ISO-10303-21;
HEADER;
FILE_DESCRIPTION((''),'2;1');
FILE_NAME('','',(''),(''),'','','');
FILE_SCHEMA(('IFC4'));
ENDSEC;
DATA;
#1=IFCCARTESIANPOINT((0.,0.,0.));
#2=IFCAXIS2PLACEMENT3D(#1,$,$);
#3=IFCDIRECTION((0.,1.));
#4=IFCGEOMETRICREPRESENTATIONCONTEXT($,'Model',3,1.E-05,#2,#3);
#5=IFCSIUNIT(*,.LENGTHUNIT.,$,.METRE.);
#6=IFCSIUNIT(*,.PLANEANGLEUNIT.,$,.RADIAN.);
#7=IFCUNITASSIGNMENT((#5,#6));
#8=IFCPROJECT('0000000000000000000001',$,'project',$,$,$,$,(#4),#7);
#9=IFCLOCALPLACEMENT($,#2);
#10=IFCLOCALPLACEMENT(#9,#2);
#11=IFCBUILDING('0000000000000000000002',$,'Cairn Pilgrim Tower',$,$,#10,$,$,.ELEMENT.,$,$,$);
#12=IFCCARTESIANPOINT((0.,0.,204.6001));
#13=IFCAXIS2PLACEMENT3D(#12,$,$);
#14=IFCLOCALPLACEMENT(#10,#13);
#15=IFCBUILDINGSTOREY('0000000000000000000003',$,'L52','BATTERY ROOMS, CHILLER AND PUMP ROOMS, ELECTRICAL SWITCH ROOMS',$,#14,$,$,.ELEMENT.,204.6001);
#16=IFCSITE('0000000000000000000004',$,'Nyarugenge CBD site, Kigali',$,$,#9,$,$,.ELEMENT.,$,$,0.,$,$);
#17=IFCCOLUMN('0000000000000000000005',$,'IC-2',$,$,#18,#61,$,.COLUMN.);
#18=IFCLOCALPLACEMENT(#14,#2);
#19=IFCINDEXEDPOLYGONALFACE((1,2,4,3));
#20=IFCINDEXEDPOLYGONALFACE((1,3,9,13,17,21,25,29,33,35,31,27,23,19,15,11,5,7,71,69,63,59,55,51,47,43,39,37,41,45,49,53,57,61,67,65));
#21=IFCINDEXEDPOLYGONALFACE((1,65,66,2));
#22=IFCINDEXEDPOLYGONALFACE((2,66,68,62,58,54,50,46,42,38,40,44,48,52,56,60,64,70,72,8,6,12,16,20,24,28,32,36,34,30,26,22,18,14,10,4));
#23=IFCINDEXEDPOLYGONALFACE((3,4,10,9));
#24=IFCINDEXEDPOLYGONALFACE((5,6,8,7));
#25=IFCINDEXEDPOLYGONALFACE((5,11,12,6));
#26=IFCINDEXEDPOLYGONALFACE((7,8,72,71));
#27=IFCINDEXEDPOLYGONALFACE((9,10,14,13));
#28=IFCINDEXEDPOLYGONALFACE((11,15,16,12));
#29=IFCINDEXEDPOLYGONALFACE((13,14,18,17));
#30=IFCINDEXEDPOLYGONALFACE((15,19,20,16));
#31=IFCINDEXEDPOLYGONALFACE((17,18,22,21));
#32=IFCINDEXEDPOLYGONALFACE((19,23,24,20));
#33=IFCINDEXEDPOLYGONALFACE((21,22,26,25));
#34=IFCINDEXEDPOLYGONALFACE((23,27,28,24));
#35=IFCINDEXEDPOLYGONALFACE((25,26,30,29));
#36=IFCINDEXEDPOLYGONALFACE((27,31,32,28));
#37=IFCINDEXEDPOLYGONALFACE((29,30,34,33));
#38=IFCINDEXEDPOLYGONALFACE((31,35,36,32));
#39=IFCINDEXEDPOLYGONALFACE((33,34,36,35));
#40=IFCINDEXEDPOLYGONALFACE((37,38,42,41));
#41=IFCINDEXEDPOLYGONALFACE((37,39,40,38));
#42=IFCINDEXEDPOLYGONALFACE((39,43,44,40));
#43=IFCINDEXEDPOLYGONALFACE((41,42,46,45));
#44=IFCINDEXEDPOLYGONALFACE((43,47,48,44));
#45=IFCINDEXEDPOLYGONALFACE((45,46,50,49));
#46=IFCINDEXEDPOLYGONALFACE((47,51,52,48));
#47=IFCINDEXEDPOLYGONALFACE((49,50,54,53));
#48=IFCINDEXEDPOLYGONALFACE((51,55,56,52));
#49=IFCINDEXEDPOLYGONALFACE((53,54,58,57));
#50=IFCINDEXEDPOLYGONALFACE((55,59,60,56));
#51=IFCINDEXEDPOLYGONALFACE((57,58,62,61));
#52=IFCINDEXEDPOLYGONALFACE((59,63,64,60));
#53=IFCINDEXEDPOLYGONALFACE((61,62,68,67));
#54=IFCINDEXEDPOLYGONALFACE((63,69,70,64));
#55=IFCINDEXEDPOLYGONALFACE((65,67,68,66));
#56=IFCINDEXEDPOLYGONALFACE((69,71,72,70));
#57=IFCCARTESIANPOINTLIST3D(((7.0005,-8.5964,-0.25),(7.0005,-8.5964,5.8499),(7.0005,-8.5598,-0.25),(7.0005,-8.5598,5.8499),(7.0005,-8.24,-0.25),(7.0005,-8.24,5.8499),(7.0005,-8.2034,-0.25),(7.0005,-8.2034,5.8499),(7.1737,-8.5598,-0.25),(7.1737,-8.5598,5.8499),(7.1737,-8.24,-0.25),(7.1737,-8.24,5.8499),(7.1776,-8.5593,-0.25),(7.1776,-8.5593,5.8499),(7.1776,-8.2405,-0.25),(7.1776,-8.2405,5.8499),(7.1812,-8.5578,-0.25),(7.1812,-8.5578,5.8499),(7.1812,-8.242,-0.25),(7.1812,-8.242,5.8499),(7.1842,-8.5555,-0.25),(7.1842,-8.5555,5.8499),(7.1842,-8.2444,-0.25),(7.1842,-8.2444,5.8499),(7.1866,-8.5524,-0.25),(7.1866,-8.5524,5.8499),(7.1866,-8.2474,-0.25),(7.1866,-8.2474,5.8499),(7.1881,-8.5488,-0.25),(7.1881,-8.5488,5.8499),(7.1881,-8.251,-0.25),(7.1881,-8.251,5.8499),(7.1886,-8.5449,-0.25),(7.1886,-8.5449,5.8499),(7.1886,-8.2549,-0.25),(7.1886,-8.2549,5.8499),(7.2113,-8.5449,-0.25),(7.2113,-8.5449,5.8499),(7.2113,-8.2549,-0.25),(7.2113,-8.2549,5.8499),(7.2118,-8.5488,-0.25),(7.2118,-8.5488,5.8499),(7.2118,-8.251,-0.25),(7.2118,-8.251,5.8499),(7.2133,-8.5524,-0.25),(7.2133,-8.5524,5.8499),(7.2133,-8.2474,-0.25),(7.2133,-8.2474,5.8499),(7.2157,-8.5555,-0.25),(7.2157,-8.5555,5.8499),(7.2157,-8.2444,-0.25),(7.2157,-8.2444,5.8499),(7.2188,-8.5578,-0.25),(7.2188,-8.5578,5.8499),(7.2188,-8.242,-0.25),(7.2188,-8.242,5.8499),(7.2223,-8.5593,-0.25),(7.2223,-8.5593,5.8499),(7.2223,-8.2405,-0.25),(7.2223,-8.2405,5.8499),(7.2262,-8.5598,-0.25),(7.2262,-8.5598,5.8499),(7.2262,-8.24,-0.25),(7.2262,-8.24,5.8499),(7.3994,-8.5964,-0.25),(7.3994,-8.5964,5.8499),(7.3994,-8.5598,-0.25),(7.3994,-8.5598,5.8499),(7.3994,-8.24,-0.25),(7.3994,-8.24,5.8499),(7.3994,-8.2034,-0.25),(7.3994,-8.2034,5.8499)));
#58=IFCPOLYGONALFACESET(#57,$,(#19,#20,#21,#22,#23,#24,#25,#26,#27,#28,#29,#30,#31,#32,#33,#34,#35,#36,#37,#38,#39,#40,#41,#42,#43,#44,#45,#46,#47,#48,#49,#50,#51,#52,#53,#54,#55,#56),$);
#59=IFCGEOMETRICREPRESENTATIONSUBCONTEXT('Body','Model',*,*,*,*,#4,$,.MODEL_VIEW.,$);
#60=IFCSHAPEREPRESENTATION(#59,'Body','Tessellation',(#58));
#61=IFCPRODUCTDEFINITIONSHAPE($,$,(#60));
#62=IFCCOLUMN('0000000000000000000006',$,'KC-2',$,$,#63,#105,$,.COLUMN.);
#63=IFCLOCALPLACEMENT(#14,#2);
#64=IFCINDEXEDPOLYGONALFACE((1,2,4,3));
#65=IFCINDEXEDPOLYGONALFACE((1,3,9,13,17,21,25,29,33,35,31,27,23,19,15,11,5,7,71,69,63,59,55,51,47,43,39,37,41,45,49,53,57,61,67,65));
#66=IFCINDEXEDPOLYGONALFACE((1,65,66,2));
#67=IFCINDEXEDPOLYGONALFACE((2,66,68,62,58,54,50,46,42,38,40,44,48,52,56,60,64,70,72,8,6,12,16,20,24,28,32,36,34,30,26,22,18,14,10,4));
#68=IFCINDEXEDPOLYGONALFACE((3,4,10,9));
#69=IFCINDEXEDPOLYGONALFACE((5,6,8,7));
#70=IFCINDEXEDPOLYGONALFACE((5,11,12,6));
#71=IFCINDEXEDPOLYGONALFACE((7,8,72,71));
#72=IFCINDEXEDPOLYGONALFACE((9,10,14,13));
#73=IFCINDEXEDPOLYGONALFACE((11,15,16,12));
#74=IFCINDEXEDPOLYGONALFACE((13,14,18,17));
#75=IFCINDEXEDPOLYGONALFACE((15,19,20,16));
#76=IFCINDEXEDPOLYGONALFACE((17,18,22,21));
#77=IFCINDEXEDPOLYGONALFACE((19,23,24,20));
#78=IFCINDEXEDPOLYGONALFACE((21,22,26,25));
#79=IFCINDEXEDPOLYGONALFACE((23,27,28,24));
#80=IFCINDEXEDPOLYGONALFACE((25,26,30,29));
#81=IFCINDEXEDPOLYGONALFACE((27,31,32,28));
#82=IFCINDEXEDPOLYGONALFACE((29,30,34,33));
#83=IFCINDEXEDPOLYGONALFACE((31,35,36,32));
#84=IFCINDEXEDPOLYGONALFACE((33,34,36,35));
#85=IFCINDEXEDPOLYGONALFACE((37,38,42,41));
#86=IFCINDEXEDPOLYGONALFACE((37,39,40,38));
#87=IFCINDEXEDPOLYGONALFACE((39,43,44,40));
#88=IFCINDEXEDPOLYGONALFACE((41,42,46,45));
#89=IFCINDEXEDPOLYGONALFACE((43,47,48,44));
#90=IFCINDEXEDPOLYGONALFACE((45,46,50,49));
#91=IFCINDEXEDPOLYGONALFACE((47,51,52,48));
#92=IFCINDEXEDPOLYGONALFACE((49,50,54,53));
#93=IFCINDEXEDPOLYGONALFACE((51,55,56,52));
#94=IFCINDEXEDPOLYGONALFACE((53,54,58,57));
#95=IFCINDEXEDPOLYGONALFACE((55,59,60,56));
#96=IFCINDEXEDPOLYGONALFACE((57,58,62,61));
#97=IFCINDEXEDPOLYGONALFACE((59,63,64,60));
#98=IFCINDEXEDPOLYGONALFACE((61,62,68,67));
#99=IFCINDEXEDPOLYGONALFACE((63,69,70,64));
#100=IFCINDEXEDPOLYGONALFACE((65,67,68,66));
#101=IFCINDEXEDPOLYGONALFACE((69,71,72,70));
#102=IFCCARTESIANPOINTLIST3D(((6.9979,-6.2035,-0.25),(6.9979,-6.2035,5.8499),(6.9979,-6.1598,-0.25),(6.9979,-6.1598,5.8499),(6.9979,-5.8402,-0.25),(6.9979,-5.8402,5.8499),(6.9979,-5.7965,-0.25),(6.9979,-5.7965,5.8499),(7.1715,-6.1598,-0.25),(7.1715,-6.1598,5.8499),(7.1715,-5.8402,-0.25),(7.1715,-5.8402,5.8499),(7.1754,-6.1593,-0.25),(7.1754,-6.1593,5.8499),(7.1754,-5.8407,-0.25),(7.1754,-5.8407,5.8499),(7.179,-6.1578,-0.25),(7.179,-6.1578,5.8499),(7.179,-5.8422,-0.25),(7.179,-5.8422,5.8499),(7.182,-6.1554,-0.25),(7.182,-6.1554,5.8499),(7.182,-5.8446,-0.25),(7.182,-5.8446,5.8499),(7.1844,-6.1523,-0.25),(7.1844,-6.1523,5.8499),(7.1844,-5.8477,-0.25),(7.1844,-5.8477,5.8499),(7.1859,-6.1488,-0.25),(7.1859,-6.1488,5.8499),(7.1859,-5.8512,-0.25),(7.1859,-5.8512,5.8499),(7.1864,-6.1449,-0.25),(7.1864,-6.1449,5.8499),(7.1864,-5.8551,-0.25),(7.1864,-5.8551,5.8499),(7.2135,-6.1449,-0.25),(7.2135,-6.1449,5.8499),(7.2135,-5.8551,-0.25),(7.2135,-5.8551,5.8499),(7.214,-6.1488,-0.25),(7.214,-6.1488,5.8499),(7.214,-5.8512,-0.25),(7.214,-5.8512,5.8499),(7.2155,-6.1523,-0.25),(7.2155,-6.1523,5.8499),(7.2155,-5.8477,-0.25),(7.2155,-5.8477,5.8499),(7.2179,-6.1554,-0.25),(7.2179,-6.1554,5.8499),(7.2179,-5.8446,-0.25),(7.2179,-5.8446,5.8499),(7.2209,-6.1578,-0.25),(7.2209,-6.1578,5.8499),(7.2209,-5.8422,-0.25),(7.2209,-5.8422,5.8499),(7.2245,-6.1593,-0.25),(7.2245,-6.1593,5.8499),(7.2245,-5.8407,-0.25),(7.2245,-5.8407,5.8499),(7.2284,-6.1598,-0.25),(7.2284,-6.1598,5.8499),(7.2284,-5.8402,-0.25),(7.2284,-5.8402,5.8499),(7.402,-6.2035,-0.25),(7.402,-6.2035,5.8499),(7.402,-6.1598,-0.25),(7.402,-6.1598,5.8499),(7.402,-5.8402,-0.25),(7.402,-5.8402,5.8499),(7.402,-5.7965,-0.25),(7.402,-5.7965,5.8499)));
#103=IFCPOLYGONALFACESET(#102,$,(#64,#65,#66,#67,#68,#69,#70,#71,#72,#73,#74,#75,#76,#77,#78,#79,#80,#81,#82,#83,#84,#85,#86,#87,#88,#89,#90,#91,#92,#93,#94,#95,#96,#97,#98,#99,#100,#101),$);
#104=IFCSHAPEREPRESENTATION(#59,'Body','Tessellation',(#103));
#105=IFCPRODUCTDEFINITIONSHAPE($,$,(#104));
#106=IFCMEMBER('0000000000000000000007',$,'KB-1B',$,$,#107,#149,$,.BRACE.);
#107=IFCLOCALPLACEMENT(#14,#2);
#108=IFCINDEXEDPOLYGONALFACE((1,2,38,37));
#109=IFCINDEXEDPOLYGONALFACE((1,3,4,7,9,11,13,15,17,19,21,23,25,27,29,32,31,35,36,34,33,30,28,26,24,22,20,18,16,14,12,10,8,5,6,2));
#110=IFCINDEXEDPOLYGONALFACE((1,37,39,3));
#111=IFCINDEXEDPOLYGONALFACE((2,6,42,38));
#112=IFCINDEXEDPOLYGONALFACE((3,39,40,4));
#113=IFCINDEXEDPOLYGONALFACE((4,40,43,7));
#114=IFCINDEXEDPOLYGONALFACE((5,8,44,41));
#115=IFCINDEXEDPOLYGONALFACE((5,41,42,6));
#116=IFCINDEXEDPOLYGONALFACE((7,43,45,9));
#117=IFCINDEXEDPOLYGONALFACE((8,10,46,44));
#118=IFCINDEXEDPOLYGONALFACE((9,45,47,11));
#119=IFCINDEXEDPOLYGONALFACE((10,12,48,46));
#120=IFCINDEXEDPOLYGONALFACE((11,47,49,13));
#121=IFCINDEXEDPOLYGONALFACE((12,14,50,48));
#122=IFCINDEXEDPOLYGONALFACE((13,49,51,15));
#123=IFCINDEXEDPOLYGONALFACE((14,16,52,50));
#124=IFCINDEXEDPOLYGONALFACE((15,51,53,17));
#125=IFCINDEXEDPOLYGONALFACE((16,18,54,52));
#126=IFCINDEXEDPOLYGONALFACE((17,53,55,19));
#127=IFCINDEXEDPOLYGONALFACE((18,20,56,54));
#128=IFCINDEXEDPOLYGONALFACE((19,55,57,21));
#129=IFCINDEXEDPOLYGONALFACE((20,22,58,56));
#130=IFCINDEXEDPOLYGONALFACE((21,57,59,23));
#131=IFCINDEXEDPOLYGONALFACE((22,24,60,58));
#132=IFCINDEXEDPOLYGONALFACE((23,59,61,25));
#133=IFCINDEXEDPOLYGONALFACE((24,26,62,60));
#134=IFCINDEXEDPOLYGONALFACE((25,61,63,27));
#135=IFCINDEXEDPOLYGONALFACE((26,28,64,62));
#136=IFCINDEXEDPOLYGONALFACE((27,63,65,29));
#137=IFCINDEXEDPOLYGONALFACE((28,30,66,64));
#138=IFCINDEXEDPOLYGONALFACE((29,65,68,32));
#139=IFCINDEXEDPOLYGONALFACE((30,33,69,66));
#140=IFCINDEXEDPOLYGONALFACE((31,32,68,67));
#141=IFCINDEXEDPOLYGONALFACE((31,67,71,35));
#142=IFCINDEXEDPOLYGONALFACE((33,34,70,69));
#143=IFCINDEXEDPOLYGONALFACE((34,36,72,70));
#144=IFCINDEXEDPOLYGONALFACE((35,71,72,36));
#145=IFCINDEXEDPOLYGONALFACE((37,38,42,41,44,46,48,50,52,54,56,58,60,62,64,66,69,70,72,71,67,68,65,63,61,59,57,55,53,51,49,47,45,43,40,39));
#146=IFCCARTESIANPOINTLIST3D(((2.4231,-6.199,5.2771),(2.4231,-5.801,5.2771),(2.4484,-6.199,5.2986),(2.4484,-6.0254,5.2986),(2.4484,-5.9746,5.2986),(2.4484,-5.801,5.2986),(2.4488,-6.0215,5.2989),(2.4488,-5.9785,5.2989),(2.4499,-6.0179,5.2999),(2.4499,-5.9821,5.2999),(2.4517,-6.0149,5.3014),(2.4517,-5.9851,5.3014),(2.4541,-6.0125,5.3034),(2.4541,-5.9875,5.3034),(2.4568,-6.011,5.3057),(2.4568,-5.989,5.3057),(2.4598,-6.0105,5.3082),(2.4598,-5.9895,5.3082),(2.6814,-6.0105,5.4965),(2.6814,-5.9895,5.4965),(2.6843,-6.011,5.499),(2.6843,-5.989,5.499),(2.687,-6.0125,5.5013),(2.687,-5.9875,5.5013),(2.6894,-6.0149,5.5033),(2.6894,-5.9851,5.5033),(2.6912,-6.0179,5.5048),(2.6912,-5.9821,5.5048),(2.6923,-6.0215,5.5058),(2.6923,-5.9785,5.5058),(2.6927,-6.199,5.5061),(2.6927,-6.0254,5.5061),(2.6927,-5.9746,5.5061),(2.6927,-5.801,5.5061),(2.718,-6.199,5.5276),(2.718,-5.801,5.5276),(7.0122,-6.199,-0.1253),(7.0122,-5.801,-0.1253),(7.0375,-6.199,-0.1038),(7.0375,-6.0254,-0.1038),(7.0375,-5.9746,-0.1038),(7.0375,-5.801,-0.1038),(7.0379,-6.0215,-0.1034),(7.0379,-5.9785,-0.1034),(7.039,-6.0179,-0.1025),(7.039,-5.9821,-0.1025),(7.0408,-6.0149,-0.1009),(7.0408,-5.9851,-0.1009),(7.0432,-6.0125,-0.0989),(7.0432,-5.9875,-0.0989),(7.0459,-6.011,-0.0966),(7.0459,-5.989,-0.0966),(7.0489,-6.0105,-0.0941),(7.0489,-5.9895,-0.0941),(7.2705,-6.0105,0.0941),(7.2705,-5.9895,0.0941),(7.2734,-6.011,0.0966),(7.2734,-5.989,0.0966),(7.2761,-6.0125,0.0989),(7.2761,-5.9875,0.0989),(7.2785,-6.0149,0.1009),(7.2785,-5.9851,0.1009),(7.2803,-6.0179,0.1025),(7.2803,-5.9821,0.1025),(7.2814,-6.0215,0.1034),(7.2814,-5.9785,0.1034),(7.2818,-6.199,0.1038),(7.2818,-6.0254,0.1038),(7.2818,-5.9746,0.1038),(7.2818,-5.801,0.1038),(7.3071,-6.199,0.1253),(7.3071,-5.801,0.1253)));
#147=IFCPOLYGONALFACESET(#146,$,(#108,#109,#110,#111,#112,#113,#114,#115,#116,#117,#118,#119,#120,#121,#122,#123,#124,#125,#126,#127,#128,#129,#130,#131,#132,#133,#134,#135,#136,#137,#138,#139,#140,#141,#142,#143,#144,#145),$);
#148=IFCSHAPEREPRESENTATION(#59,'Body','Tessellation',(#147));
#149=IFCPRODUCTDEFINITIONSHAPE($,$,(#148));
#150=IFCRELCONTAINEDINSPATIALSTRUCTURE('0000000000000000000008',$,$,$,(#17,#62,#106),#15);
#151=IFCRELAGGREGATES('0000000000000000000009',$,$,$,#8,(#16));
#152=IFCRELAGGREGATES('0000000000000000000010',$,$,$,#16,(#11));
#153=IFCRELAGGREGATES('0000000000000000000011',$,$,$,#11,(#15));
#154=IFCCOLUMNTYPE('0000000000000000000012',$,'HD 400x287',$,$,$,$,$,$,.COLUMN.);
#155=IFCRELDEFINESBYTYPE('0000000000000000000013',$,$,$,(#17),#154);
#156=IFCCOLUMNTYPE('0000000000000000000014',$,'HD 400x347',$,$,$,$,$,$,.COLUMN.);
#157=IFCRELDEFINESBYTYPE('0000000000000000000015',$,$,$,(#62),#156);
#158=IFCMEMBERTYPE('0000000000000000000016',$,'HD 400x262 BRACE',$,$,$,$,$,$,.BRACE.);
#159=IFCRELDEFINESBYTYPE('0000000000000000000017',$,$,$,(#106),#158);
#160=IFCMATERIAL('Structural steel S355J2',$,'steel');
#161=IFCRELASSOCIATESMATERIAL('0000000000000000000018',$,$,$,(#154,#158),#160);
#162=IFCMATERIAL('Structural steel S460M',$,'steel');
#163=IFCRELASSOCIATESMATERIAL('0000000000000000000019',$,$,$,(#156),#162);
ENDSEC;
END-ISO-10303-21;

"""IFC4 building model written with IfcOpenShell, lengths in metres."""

from ifc_helpers import new_model, si_unit, direction, frame, origin, origin_2d, place, context, subcontext, project, spatial, i_section, extrude, material, material_profile, profile_set, type_object, element, save


model = new_model("IFC4")

# Units and contexts
model_context = context("Model", 3, precision=1e-05, world=origin(), true_north=direction((0.0, 1.0)))
body_context = subcontext(model_context, "Body", "Model", "MODEL_VIEW")
ifc_project = project(units=[si_unit("LENGTHUNIT", "METRE"), si_unit("PLANEANGLEUNIT", "RADIAN")], contexts=[model_context])

# Site, building, storey
site_placement = place(None, origin())
site = spatial("IfcSite", under=ifc_project, at=site_placement, Name="Nyarugenge CBD site, Kigali", CompositionType="ELEMENT", RefElevation=0.0)
building_placement = place(site_placement, origin())
building = spatial("IfcBuilding", under=site, at=building_placement, Name="Cairn Pilgrim Tower", CompositionType="ELEMENT")
storey_placement = place(building_placement, frame((0.0, 0.0, 204.6001)))
storey = spatial("IfcBuildingStorey", under=building, at=storey_placement, Name="L52", Description="BATTERY ROOMS, CHILLER AND PUMP ROOMS, ELECTRICAL SWITCH ROOMS", CompositionType="ELEMENT", Elevation=204.6001)

# Columns
ifc_material_1 = material(Name="Structural steel S355J2", Category="steel")
ifc_material_profile_1 = material_profile(ifc_material_1, i_section(OverallWidth=0.3989, OverallDepth=0.3931, WebThickness=0.0227, FlangeThickness=0.0366, FilletRadius=0.0149, at=origin_2d()), Name="HD 400x287")
ifc_profile_set_1 = profile_set([ifc_material_profile_1], Name="Structural steel S355J2")
column_type_1 = type_object("IfcColumnType", Name="HD 400x287", PredefinedType="COLUMN", material=ifc_profile_set_1)
column_1_placement = place(storey_placement, frame((7.2, -8.3999, -0.25), z_axis=(0.0, 0.0, 1.0), x_axis=(1.0, 0.0, 0.0)))
element("IfcColumn", 1, at=column_1_placement, inside=storey, type_object=column_type_1, Name="IC-2", PredefinedType="COLUMN", context=body_context, shape_type="SweptSolid", body=[
    extrude(i_section(OverallWidth=0.3989, OverallDepth=0.3931, WebThickness=0.0227, FlangeThickness=0.0366, FilletRadius=0.0149, at=origin_2d()), origin(), (0.0, 0.0, 1.0), 6.0999),
])
ifc_material_2 = material(Name="Structural steel S460M", Category="steel")
ifc_material_profile_2 = material_profile(ifc_material_2, i_section(OverallWidth=0.4041, OverallDepth=0.407, WebThickness=0.0271, FlangeThickness=0.0437, FilletRadius=0.0149, at=origin_2d()), Name="HD 400x347")
ifc_profile_set_2 = profile_set([ifc_material_profile_2], Name="Structural steel S460M")
column_type_2 = type_object("IfcColumnType", Name="HD 400x347", PredefinedType="COLUMN", material=ifc_profile_set_2)
column_2_placement = place(storey_placement, frame((7.2, -6.0, -0.25), z_axis=(0.0, 0.0, 1.0), x_axis=(1.0, 0.0, 0.0)))
element("IfcColumn", 2, at=column_2_placement, inside=storey, type_object=column_type_2, Name="KC-2", PredefinedType="COLUMN", context=body_context, shape_type="SweptSolid", body=[
    extrude(i_section(OverallWidth=0.4041, OverallDepth=0.407, WebThickness=0.0271, FlangeThickness=0.0437, FilletRadius=0.0149, at=origin_2d()), origin(), (0.0, 0.0, 1.0), 6.0999),
])

# Member
ifc_material_profile_3 = material_profile(ifc_material_1, i_section(OverallWidth=0.3979, OverallDepth=0.387, WebThickness=0.021, FlangeThickness=0.0332, FilletRadius=0.0149, at=origin_2d()), Name="HD 400x262")
ifc_profile_set_3 = profile_set([ifc_material_profile_3], Name="Structural steel S355J2")
member_type = type_object("IfcMemberType", Name="HD 400x262 BRACE", PredefinedType="BRACE", material=ifc_profile_set_3)
member_placement = place(storey_placement, frame((7.1597, -6.0, 0.0), z_axis=(-0.647412, 0.0, 0.76214), x_axis=(0.0, -1.0, 0.0)))
element("IfcMember", 3, at=member_placement, inside=storey, type_object=member_type, Name="KB-1B", PredefinedType="BRACE", context=body_context, shape_type="SweptSolid", body=[
    extrude(i_section(OverallWidth=0.3979, OverallDepth=0.387, WebThickness=0.021, FlangeThickness=0.0332, FilletRadius=0.0149, at=origin_2d()), origin(), (0.0, 0.0, 1.0), 7.0884),
])

save(model, "model.ifc")
